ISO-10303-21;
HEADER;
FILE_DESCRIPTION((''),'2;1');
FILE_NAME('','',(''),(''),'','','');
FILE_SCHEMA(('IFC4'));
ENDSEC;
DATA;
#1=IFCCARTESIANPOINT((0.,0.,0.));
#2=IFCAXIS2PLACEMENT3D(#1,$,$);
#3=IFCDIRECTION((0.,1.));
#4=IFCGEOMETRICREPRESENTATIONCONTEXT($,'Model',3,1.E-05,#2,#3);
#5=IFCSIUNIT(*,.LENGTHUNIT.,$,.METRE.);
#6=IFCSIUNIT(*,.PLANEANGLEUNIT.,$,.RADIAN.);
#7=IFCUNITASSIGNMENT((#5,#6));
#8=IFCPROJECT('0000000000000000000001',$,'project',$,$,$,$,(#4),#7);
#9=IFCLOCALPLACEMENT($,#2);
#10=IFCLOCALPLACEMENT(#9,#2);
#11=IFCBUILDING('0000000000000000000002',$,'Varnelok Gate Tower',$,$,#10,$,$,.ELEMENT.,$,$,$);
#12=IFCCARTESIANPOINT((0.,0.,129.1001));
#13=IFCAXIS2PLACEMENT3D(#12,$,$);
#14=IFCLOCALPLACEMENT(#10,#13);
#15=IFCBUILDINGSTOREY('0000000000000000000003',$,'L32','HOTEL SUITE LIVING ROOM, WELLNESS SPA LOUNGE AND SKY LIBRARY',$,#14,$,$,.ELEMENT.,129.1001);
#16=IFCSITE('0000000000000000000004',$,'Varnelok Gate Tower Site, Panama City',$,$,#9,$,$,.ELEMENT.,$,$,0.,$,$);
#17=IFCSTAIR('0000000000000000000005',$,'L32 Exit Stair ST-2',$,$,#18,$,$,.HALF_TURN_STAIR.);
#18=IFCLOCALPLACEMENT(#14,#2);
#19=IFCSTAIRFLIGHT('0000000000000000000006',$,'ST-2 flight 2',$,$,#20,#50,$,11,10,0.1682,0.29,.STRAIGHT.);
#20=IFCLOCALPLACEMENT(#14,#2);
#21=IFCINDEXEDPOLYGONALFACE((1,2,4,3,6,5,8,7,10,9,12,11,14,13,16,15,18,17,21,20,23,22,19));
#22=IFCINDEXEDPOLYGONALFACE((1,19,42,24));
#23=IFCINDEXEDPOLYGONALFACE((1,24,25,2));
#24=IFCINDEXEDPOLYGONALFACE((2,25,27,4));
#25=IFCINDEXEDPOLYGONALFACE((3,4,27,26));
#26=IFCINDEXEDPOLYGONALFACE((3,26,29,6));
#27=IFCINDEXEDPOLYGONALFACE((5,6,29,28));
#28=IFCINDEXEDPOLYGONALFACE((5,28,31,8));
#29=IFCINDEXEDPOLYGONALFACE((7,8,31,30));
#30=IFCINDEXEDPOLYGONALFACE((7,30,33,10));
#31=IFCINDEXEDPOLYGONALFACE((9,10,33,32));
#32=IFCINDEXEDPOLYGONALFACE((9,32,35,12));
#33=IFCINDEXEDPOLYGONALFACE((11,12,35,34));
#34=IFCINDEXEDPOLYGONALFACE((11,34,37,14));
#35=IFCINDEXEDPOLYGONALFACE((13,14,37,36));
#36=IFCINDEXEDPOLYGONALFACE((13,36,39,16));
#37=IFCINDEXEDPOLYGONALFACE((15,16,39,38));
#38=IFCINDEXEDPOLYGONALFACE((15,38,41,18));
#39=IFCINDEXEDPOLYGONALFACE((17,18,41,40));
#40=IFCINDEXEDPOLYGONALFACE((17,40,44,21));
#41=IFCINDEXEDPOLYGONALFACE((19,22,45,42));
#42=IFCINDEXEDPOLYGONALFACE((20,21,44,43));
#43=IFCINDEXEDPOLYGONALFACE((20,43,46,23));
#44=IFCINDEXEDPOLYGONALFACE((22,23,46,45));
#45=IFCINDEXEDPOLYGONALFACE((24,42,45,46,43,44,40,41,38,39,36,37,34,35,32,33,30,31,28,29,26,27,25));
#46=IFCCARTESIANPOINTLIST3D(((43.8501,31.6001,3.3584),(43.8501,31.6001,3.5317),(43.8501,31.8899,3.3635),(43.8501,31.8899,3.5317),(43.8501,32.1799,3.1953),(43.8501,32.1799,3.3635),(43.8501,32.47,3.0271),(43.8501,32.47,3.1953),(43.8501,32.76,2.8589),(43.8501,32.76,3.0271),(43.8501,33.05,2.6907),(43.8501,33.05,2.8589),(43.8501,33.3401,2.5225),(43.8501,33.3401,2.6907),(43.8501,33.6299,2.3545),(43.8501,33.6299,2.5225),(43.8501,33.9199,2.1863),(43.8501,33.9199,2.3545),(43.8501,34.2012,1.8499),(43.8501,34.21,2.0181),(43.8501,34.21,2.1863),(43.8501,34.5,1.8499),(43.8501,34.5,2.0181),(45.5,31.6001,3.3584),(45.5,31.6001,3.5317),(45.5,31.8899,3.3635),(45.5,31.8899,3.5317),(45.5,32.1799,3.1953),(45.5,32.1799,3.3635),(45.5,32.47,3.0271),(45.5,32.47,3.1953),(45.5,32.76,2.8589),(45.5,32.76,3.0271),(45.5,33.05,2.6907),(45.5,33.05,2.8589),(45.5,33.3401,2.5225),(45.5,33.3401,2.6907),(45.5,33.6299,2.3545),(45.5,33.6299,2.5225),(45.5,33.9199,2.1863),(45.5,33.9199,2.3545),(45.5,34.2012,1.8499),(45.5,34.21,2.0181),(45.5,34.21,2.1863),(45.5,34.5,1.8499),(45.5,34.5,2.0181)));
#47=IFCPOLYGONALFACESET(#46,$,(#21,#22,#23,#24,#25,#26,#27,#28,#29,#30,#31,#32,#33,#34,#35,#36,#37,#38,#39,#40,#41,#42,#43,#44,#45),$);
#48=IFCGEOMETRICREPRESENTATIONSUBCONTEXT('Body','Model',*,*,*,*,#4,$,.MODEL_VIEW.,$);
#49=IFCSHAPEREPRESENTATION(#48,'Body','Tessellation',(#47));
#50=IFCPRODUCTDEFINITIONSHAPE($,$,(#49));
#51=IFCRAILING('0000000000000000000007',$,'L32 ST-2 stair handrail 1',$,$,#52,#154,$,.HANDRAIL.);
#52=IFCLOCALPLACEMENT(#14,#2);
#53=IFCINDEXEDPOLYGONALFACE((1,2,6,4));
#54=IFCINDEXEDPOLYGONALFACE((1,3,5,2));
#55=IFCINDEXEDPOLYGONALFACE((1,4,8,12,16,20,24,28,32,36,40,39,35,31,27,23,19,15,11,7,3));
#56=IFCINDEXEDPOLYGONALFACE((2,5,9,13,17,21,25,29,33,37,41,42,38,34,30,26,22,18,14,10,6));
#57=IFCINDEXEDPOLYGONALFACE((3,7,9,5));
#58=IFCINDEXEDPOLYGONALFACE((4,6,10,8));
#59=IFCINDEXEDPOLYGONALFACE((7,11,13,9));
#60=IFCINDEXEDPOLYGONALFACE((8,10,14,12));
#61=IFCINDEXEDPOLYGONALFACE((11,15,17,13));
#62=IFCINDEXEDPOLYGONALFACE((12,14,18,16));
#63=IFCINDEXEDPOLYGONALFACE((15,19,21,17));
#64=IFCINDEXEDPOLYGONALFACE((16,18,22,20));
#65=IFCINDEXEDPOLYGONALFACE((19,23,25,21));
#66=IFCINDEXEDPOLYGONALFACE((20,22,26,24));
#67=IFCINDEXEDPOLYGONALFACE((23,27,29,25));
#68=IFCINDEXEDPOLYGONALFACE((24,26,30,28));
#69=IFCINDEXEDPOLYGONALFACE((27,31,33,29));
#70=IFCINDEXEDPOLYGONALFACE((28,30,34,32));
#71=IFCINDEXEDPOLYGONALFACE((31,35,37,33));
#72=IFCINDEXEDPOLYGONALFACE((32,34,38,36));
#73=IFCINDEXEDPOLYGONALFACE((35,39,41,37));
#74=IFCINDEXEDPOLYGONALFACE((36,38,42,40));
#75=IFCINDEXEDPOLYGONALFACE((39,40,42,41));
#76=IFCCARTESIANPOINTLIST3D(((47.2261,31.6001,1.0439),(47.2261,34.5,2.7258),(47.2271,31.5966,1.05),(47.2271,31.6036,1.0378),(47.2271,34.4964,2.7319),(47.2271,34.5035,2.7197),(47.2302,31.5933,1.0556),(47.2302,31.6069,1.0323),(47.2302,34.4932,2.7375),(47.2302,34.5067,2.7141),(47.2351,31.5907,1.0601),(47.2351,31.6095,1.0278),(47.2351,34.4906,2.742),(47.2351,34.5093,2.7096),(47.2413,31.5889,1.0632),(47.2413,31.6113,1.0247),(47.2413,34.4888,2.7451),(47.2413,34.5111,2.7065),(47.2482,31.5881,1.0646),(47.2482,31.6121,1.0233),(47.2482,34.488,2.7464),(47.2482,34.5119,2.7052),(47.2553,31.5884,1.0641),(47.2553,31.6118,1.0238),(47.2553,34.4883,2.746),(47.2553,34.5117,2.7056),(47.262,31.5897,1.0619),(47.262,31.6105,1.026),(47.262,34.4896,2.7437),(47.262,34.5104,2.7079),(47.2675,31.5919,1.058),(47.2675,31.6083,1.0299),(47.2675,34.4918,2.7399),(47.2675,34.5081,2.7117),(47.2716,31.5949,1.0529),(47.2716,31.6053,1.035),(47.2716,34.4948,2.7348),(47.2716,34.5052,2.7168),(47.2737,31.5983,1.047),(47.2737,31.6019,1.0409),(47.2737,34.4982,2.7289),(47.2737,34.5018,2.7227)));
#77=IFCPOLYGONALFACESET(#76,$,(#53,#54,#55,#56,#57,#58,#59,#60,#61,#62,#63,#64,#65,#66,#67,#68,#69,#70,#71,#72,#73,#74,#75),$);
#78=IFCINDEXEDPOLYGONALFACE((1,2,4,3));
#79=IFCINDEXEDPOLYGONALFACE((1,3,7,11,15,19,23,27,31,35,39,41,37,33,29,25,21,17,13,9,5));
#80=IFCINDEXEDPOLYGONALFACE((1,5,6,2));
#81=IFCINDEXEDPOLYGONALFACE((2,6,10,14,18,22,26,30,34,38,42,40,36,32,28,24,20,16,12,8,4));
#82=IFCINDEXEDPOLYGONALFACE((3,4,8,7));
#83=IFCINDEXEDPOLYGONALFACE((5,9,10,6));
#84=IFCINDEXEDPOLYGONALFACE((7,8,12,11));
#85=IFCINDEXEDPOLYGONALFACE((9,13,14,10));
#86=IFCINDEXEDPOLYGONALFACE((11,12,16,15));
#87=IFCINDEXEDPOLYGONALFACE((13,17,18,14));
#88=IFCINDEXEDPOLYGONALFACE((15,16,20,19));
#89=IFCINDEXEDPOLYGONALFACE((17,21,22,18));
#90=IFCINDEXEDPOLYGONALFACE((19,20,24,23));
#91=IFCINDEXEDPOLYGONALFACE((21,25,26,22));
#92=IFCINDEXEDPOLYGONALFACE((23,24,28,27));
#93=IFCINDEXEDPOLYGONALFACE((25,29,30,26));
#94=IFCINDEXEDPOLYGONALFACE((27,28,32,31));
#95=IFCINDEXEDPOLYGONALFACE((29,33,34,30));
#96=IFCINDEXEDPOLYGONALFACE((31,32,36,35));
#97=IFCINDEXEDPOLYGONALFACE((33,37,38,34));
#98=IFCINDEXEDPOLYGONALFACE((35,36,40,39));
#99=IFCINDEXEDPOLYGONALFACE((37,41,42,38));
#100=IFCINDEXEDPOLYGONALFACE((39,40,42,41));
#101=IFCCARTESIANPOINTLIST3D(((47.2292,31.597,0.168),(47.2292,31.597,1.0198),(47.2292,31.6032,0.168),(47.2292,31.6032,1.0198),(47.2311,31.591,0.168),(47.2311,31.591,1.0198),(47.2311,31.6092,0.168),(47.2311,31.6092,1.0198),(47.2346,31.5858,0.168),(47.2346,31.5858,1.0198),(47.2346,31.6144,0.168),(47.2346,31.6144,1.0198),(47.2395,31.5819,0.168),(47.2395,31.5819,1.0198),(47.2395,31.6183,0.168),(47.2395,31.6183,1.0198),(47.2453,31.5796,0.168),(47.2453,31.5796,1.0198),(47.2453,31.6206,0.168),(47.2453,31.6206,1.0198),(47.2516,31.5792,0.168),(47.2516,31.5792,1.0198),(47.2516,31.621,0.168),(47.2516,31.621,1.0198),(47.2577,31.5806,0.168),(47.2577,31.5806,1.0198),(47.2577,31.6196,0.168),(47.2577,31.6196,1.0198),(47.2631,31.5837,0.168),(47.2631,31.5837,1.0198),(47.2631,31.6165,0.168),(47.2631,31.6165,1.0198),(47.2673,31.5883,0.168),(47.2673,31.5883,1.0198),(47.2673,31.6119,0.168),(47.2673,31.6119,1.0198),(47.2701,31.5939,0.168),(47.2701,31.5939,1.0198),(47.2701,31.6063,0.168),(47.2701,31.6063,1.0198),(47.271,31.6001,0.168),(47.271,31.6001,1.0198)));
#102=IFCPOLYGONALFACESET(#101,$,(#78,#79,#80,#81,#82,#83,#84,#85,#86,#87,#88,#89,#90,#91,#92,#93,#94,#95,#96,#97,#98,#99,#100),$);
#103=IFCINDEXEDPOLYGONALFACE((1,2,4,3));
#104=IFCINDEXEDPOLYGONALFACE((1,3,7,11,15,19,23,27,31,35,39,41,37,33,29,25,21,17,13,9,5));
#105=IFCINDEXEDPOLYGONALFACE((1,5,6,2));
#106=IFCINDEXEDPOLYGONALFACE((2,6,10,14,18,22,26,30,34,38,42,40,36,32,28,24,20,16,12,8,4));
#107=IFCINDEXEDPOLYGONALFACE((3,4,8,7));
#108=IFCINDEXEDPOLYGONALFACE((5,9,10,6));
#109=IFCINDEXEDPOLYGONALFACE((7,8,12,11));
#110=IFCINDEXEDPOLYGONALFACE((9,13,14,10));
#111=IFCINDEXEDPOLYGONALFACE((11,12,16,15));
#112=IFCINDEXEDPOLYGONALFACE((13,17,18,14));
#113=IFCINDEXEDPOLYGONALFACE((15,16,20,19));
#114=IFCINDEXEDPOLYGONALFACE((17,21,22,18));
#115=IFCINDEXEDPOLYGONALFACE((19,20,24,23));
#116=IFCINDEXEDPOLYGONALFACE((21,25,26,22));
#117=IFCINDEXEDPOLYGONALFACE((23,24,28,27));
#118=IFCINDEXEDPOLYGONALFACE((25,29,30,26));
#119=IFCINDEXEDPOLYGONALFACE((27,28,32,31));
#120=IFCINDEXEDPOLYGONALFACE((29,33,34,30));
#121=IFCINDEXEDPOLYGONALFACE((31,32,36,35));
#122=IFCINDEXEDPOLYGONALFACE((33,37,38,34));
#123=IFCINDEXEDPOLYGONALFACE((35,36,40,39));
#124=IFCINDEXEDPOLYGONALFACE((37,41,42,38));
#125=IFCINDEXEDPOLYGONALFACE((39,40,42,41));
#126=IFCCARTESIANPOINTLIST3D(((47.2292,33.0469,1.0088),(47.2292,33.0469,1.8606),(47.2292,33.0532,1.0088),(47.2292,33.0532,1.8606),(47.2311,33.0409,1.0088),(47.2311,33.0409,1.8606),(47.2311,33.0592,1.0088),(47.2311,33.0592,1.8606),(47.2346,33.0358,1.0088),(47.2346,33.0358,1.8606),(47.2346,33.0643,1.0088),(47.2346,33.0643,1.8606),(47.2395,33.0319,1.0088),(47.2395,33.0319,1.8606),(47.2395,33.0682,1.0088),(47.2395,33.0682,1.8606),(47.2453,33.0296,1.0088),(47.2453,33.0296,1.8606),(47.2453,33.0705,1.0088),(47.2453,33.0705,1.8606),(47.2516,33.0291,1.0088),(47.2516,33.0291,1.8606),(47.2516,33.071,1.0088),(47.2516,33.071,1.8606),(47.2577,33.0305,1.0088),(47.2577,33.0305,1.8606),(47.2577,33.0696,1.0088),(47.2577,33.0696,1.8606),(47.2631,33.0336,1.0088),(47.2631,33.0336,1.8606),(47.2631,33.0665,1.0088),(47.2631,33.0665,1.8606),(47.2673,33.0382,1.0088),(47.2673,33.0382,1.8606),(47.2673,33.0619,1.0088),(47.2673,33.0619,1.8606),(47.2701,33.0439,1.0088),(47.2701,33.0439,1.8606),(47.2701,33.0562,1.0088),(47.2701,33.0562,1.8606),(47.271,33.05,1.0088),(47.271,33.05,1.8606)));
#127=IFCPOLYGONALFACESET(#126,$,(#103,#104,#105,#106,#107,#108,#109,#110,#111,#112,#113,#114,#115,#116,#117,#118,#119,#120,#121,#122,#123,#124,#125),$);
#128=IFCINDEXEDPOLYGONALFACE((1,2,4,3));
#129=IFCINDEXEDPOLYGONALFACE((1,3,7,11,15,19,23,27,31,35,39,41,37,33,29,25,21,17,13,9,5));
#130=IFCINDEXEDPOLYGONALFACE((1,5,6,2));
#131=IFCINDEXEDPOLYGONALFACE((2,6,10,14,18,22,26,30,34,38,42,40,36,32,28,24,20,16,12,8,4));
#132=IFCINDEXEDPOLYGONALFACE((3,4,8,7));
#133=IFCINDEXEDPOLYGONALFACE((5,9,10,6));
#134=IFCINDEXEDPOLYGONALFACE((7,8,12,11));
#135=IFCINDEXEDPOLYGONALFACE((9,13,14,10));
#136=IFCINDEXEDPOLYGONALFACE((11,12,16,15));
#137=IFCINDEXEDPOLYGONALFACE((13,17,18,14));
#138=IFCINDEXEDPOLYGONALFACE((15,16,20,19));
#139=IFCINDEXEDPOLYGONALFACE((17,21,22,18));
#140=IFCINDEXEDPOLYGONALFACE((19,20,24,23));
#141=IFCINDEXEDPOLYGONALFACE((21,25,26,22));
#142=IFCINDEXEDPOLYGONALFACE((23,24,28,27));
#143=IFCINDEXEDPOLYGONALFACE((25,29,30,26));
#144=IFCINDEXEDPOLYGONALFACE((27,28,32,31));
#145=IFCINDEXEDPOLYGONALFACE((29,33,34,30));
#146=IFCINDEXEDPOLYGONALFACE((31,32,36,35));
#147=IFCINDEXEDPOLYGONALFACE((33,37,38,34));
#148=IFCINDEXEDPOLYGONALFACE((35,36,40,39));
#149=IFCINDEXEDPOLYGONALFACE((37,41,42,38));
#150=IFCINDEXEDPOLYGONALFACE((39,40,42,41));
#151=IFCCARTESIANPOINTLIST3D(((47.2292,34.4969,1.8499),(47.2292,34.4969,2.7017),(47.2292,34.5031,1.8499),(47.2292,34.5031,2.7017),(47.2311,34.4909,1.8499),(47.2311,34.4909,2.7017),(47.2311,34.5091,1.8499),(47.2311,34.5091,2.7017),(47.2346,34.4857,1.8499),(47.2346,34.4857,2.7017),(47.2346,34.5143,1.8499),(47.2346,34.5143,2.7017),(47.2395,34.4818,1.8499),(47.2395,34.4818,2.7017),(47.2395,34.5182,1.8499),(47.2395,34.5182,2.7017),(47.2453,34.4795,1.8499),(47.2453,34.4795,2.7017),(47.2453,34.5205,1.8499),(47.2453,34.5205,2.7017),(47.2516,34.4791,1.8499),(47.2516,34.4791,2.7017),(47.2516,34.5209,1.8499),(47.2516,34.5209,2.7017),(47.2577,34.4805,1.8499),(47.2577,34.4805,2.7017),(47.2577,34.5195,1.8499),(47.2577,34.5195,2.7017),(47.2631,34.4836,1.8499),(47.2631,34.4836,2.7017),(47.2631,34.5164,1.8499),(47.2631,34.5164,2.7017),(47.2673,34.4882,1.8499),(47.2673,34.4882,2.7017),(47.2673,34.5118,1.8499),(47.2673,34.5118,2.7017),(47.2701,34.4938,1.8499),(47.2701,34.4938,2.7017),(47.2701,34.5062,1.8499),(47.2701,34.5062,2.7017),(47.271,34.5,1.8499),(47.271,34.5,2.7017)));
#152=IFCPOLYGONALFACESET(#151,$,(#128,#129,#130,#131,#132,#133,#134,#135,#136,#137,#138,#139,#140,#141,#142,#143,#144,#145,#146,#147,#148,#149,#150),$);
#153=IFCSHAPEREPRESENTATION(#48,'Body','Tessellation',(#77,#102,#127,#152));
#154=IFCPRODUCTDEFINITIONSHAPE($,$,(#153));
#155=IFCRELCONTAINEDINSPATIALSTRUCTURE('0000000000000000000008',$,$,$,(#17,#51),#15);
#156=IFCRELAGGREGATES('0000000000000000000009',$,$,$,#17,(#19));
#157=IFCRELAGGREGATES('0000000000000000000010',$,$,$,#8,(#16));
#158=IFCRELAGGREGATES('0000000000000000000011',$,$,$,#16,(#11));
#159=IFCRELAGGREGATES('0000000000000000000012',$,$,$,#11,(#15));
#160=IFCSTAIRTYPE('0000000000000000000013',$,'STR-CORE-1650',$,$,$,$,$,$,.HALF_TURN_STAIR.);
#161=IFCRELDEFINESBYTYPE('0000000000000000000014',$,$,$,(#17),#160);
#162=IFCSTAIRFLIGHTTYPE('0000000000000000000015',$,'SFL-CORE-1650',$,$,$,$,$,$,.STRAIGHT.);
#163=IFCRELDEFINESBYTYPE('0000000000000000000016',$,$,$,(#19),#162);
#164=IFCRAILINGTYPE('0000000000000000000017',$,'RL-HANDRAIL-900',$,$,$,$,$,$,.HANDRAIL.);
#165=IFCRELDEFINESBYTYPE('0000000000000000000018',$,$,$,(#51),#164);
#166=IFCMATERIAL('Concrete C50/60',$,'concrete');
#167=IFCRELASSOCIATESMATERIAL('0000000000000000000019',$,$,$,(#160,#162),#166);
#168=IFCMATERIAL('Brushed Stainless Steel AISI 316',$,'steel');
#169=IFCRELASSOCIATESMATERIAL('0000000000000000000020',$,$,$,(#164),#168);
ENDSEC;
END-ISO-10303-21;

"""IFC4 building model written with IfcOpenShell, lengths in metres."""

from ifc_helpers import new_model, si_unit, direction, frame, origin, origin_2d, place, context, subcontext, project, spatial, polyline, circle, outline, extrude, material, type_object, element, aggregate, save


model = new_model("IFC4")

# Units and contexts
model_context = context("Model", 3, precision=1e-05, world=origin(), true_north=direction((0.0, 1.0)))
body_context = subcontext(model_context, "Body", "Model", "MODEL_VIEW")
ifc_project = project(units=[si_unit("LENGTHUNIT", "METRE"), si_unit("PLANEANGLEUNIT", "RADIAN")], contexts=[model_context])

# Site, building, storey
site_placement = place(None, origin())
site = spatial("IfcSite", under=ifc_project, at=site_placement, Name="Varnelok Gate Tower Site, Panama City", CompositionType="ELEMENT", RefElevation=0.0)
building_placement = place(site_placement, origin())
building = spatial("IfcBuilding", under=site, at=building_placement, Name="Varnelok Gate Tower", CompositionType="ELEMENT")
storey_placement = place(building_placement, frame((0.0, 0.0, 129.1001)))
storey = spatial("IfcBuildingStorey", under=building, at=storey_placement, Name="L32", Description="HOTEL SUITE LIVING ROOM, WELLNESS SPA LOUNGE AND SKY LIBRARY", CompositionType="ELEMENT", Elevation=129.1001)

# Stair, stair flight
ifc_material_1 = material(Name="Concrete C50/60", Category="concrete")
stair_type = type_object("IfcStairType", Name="STR-CORE-1650", PredefinedType="HALF_TURN_STAIR", material=ifc_material_1)
stair_placement = place(storey_placement, origin())
stair = element("IfcStair", 1, at=stair_placement, inside=storey, type_object=stair_type, Name="L32 Exit Stair ST-2", PredefinedType="HALF_TURN_STAIR")
stair_flight_type = type_object("IfcStairFlightType", Name="SFL-CORE-1650", PredefinedType="STRAIGHT", material=ifc_material_1)
stair_flight_1_placement = place(storey_placement, frame((44.675, 34.5, 1.8499), z_axis=(0.0, 0.0, 1.0), x_axis=(0.0, -1.0, 0.0)))
stair_flight_1 = element("IfcStairFlight", 2, at=stair_flight_1_placement, type_object=stair_flight_type, Name="ST-2 flight 2", NumberOfRisers=11, NumberOfTreads=10, PredefinedType="STRAIGHT", RiserHeight=0.1682, TreadLength=0.29, context=body_context, shape_type="SweptSolid", body=[
    extrude(outline(polyline([(0.0, 0.0), (0.0, 0.1682), (0.29, 0.1682), (0.29, 0.3364), (0.5801, 0.3364), (0.5801, 0.5046), (0.8701, 0.5046), (0.8701, 0.6726), (1.1599, 0.6726), (1.1599, 0.8408), (1.45, 0.8408), (1.45, 1.009), (1.74, 1.009), (1.74, 1.1772), (2.03, 1.1772), (2.03, 1.3455), (2.3201, 1.3455), (2.3201, 1.5137), (2.6101, 1.5137), (2.6101, 1.6819), (2.8999, 1.6819), (2.8999, 1.8501), (2.8999, 1.5085), (0.2988, 0.0), (0.0, 0.0)])), frame((0.0, 0.825, 0.0), z_axis=(0.0, -1.0, 0.0), x_axis=(1.0, 0.0, 0.0)), (0.0, 0.0, 1.0), 1.6499),
])
aggregate(stair, [stair_flight_1])

# Railing
ifc_material_2 = material(Name="Brushed Stainless Steel AISI 316", Category="steel")
railing_type_1 = type_object("IfcRailingType", Name="RL-HANDRAIL-900", PredefinedType="HANDRAIL", material=ifc_material_2)
railing_1_placement = place(storey_placement, frame((47.25, 31.6001, 0.168)))
element("IfcRailing", 3, at=railing_1_placement, inside=storey, type_object=railing_type_1, Name="L32 ST-2 stair handrail 1", PredefinedType="HANDRAIL", context=body_context, shape_type="SweptSolid", body=[
    extrude(circle(Radius=0.0239, at=origin_2d()), frame((0.0, 0.0, 0.876), z_axis=(0.0, 0.865039, 0.501705), x_axis=(-1.0, 0.0, 0.0)), (0.0, 0.0, 1.0), 3.3523),
    extrude(circle(Radius=0.021, at=origin_2d()), origin(), (0.0, 0.0, 1.0), 0.8518),
    extrude(circle(Radius=0.021, at=origin_2d()), frame((0.0, 1.45, 0.8408)), (0.0, 0.0, 1.0), 0.8518),
    extrude(circle(Radius=0.021, at=origin_2d()), frame((0.0, 2.8999, 1.6819)), (0.0, 0.0, 1.0), 0.8518),
])

save(model, "model.ifc")
